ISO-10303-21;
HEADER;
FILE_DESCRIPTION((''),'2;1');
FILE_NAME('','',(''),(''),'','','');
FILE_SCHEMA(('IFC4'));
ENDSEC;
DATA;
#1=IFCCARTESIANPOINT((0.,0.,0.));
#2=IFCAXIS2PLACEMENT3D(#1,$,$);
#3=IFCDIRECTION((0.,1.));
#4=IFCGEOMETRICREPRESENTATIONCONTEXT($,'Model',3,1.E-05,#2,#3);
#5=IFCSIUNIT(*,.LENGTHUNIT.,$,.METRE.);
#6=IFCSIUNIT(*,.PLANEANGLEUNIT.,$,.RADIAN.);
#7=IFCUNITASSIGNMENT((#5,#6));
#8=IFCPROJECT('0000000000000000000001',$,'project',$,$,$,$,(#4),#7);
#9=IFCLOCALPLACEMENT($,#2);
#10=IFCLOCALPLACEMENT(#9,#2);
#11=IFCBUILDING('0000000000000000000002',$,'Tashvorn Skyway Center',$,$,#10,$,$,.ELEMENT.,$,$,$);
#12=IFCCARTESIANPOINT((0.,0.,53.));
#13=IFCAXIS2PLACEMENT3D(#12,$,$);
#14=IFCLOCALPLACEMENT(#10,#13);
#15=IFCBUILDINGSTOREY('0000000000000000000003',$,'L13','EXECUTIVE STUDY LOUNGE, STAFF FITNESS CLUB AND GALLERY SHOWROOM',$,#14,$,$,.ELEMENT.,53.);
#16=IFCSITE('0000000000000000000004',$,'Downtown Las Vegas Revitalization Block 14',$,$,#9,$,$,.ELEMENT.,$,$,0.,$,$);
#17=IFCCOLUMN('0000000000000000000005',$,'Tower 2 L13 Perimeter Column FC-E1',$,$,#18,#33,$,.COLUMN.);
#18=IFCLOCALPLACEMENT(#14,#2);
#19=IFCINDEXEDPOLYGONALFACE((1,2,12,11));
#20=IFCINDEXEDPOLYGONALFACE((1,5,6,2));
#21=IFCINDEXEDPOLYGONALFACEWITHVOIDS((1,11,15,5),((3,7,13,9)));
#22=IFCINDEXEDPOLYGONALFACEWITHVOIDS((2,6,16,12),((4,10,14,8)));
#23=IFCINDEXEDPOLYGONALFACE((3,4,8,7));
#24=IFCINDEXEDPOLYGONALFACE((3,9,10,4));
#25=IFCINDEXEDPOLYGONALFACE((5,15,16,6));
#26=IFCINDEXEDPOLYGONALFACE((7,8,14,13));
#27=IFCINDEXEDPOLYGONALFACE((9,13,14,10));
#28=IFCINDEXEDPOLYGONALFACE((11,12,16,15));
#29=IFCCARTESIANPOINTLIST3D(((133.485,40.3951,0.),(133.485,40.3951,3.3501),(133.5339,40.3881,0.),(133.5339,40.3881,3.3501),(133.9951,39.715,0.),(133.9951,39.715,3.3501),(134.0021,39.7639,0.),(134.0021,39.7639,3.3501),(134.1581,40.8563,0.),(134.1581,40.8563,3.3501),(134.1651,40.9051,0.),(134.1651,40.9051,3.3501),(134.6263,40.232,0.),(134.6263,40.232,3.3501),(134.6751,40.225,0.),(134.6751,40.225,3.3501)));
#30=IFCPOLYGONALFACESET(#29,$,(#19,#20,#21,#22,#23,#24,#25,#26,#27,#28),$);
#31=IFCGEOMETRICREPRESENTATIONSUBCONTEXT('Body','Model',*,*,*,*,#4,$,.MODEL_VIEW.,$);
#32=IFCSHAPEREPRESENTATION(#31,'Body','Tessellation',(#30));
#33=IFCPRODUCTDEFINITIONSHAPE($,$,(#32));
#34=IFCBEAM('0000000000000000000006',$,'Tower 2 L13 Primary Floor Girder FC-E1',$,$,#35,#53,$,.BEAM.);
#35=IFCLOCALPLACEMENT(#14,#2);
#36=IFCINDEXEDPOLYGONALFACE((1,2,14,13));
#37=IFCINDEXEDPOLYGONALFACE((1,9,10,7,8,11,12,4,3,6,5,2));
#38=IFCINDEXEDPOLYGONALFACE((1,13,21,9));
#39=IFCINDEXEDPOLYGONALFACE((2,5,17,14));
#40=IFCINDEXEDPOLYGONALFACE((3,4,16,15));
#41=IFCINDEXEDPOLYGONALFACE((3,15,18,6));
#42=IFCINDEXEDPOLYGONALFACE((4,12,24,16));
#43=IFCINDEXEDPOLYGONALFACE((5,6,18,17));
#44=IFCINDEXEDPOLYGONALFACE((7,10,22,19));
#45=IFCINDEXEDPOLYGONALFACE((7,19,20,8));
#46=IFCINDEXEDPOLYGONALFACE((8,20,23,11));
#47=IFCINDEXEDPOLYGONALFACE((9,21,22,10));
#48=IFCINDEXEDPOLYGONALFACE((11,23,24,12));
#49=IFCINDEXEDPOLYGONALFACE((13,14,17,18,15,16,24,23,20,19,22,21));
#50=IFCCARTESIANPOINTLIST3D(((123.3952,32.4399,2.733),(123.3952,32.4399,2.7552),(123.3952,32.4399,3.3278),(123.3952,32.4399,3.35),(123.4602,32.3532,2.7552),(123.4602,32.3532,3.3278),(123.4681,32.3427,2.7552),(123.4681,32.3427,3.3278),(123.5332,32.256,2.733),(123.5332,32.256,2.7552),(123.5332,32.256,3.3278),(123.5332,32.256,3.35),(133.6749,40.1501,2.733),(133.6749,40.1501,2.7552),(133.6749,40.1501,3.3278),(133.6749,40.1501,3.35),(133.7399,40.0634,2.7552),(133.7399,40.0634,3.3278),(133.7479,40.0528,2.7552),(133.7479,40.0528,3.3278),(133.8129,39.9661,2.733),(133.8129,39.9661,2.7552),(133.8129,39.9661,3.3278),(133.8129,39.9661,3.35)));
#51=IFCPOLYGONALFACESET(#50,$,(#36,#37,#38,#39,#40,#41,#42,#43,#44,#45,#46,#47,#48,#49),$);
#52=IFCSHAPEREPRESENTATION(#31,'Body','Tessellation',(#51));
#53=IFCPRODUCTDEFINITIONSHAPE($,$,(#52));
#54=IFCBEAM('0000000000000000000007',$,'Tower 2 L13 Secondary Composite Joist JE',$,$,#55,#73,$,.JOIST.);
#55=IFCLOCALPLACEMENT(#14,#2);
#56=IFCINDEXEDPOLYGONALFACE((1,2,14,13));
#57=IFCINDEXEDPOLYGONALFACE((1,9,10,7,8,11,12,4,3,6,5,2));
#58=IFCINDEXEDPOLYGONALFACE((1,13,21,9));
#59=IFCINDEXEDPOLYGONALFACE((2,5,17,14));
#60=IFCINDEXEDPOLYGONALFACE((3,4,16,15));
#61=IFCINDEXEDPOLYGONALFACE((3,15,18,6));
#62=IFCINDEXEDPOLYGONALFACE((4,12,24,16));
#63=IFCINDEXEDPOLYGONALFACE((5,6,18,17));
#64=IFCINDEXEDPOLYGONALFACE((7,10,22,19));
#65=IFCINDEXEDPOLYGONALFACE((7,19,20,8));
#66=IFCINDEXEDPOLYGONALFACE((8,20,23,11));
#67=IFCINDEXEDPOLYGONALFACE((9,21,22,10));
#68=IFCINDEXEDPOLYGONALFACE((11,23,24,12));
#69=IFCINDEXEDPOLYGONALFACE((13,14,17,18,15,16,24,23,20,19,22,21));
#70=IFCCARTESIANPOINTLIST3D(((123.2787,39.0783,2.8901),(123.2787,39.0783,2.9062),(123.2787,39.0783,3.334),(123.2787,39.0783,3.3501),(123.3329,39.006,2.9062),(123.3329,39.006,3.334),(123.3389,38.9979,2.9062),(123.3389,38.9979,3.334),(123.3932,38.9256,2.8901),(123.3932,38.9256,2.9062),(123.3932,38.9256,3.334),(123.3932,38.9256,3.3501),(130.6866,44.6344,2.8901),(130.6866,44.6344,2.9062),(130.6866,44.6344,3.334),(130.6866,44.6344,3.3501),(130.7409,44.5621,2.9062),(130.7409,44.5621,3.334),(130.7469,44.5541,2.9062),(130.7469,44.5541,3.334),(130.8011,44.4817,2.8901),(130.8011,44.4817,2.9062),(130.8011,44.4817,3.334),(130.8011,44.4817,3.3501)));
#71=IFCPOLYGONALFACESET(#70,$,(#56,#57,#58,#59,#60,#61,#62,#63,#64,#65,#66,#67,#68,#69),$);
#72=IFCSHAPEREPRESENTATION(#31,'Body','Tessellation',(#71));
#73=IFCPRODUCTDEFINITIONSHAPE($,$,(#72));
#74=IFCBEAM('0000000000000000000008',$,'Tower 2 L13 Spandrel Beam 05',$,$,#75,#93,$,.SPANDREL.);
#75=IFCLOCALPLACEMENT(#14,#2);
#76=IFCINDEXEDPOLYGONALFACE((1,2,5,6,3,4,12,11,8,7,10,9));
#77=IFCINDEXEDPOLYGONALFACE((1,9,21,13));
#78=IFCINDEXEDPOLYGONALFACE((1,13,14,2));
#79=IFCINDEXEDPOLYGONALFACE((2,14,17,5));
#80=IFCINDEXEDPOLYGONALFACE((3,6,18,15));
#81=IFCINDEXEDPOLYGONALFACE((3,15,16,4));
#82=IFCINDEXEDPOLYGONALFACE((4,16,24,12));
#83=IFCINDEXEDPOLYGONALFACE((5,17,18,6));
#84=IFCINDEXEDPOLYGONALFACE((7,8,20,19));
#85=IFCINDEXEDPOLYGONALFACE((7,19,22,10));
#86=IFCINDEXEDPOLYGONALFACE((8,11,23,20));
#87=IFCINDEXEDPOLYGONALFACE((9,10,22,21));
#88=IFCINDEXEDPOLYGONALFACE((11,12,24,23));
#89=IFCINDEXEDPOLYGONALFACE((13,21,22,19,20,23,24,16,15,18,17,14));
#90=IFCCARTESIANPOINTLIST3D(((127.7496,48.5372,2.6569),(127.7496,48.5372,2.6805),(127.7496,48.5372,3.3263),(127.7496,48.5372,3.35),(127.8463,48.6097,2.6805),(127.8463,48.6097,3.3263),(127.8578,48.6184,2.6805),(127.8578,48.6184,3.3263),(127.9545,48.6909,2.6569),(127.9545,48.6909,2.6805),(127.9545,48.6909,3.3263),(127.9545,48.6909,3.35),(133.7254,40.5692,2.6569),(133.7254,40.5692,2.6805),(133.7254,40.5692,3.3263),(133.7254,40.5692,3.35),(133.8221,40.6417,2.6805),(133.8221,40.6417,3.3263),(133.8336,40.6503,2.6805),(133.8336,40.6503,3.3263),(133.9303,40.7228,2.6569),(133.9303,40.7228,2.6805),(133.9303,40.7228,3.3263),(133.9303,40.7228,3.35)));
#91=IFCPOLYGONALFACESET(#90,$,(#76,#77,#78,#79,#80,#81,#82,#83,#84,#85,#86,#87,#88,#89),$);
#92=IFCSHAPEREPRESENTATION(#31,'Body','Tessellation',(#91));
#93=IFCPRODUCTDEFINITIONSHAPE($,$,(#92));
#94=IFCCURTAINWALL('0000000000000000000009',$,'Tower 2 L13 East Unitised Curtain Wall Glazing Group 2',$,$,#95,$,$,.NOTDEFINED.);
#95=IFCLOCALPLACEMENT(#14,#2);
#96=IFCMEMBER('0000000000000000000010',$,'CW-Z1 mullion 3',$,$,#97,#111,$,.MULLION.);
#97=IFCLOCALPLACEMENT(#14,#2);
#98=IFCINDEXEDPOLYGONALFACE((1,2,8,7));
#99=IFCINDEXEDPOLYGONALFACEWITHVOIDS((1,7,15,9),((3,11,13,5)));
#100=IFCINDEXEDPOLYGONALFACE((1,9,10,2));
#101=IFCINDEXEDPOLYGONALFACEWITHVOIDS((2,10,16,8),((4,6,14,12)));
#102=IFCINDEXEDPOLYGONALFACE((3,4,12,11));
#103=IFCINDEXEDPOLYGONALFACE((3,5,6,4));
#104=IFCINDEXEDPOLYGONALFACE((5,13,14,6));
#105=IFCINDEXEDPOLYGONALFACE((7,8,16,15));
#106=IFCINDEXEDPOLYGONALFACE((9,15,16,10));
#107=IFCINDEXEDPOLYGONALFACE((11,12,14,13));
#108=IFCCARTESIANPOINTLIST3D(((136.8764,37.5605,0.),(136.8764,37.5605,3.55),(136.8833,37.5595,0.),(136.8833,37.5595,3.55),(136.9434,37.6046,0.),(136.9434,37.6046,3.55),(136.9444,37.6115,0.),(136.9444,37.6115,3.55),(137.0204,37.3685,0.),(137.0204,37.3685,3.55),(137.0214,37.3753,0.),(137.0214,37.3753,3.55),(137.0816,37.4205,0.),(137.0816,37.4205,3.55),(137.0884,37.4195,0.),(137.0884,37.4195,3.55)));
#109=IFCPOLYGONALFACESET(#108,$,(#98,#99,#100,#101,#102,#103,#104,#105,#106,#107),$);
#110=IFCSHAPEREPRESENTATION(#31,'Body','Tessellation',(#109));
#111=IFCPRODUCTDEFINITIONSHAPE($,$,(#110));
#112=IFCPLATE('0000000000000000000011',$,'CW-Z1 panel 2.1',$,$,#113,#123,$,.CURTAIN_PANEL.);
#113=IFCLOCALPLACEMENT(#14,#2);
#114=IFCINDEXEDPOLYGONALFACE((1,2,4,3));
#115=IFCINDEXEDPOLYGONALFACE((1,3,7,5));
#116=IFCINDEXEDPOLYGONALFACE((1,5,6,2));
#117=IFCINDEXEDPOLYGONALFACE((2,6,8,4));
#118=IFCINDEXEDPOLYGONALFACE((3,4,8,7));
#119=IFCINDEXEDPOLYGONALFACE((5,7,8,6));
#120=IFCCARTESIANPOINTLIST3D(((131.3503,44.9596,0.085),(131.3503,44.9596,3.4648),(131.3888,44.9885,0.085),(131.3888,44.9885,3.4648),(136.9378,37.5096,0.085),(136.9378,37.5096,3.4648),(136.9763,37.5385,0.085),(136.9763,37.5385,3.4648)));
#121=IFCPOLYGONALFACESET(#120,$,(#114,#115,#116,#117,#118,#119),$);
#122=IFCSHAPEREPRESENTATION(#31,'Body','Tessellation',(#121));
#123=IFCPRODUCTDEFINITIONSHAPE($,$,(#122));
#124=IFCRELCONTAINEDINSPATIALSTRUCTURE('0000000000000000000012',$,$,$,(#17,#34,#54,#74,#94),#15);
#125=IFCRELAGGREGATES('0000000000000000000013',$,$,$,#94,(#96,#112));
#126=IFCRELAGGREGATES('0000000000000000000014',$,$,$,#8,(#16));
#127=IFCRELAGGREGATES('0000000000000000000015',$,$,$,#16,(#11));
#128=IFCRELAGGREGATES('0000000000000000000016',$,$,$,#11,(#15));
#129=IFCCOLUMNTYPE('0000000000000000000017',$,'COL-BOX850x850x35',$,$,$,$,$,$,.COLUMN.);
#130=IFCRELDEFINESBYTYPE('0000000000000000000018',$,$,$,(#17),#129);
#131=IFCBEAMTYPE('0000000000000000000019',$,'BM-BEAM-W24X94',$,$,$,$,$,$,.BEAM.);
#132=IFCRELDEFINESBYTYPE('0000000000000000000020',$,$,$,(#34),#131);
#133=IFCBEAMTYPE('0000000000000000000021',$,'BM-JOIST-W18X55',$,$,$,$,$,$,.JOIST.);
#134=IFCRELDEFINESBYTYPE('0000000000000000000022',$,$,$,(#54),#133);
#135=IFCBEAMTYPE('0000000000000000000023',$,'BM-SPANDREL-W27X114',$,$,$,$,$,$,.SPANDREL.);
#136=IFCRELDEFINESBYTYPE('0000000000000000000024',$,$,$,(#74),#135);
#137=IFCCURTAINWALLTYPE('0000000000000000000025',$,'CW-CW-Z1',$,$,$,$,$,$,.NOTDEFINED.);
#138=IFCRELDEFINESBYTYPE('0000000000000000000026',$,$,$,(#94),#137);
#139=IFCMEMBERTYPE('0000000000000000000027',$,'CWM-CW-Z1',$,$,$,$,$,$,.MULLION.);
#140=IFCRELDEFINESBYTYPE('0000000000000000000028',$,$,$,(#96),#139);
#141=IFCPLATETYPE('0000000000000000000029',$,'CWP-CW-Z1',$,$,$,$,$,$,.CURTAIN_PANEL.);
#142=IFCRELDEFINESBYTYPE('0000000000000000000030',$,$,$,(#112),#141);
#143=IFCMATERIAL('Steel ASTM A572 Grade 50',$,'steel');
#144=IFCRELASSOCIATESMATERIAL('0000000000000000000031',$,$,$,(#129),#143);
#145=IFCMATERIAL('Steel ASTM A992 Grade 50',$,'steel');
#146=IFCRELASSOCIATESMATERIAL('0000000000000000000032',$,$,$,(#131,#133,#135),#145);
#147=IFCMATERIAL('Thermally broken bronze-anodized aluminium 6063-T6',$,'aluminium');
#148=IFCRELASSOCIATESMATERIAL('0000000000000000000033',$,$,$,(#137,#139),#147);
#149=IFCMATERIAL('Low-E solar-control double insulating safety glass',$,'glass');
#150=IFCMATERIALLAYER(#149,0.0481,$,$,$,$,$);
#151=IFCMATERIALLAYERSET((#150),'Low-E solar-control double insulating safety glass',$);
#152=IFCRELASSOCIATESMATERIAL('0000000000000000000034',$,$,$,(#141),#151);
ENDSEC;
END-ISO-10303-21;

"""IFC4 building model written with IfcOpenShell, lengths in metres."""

from ifc_helpers import new_model, si_unit, direction, frame, origin, origin_2d, place, context, subcontext, project, spatial, rectangle, hollow_rectangle, i_section, extrude, material, layer, layer_set, material_profile, profile_set, type_object, element, aggregate, save


model = new_model("IFC4")

# Units and contexts
model_context = context("Model", 3, precision=1e-05, world=origin(), true_north=direction((0.0, 1.0)))
body_context = subcontext(model_context, "Body", "Model", "MODEL_VIEW")
ifc_project = project(units=[si_unit("LENGTHUNIT", "METRE"), si_unit("PLANEANGLEUNIT", "RADIAN")], contexts=[model_context])

# Site, building, storey
site_placement = place(None, origin())
site = spatial("IfcSite", under=ifc_project, at=site_placement, Name="Downtown Las Vegas Revitalization Block 14", CompositionType="ELEMENT", RefElevation=0.0)
building_placement = place(site_placement, origin())
building = spatial("IfcBuilding", under=site, at=building_placement, Name="Tashvorn Skyway Center", CompositionType="ELEMENT")
storey_placement = place(building_placement, frame((0.0, 0.0, 53.0)))
storey = spatial("IfcBuildingStorey", under=building, at=storey_placement, Name="L13", Description="EXECUTIVE STUDY LOUNGE, STAFF FITNESS CLUB AND GALLERY SHOWROOM", CompositionType="ELEMENT", Elevation=53.0)

# Column
ifc_material_1 = material(Name="Steel ASTM A572 Grade 50", Category="steel")
ifc_material_profile_1 = material_profile(ifc_material_1, hollow_rectangle(XDim=0.8501, YDim=0.8501, WallThickness=0.0349, at=origin_2d()), Name="BOX850x850x35")
ifc_profile_set_1 = profile_set([ifc_material_profile_1], Name="Steel ASTM A572 Grade 50")
column_type = type_object("IfcColumnType", Name="COL-BOX850x850x35", PredefinedType="COLUMN", material=ifc_profile_set_1)
column_placement = place(storey_placement, frame((134.0801, 40.3101, 0.0), z_axis=(0.0, 0.0, 1.0), x_axis=(0.8, 0.6, 0.0)))
element("IfcColumn", 1, at=column_placement, inside=storey, type_object=column_type, Name="Tower 2 L13 Perimeter Column FC-E1", PredefinedType="COLUMN", context=body_context, shape_type="SweptSolid", body=[
    extrude(hollow_rectangle(XDim=0.8501, YDim=0.8501, WallThickness=0.0349, at=origin_2d()), origin(), (0.0, 0.0, 1.0), 3.3501),
])

# Beams
ifc_material_2 = material(Name="Steel ASTM A992 Grade 50", Category="steel")
ifc_material_profile_2 = material_profile(ifc_material_2, i_section(OverallWidth=0.23, OverallDepth=0.6169, WebThickness=0.0132, FlangeThickness=0.0222, at=origin_2d()), Name="W24X94")
ifc_profile_set_2 = profile_set([ifc_material_profile_2], Name="Steel ASTM A992 Grade 50")
beam_type_1 = type_object("IfcBeamType", Name="BM-BEAM-W24X94", PredefinedType="BEAM", material=ifc_profile_set_2)
beam_1_placement = place(storey_placement, frame((133.7439, 40.0581, 3.0415), z_axis=(-0.799986, -0.600018, 0.0), x_axis=(0.600018, -0.799986, 0.0)))
element("IfcBeam", 2, at=beam_1_placement, inside=storey, type_object=beam_type_1, Name="Tower 2 L13 Primary Floor Girder FC-E1", PredefinedType="BEAM", context=body_context, shape_type="SweptSolid", body=[
    extrude(i_section(OverallWidth=0.23, OverallDepth=0.6169, WebThickness=0.0132, FlangeThickness=0.0222, at=origin_2d()), origin(), (0.0, 0.0, 1.0), 12.8499),
])
ifc_material_profile_3 = material_profile(ifc_material_2, i_section(OverallWidth=0.1909, OverallDepth=0.46, WebThickness=0.01, FlangeThickness=0.0161, at=origin_2d()), Name="W18X55")
ifc_profile_set_3 = profile_set([ifc_material_profile_3], Name="Steel ASTM A992 Grade 50")
beam_type_2 = type_object("IfcBeamType", Name="BM-JOIST-W18X55", PredefinedType="JOIST", material=ifc_profile_set_3)
beam_2_placement = place(storey_placement, frame((123.3359, 39.002, 3.1201), z_axis=(0.799991, 0.600013, 0.0), x_axis=(-0.600013, 0.799991, 0.0)))
element("IfcBeam", 3, at=beam_2_placement, inside=storey, type_object=beam_type_2, Name="Tower 2 L13 Secondary Composite Joist JE", PredefinedType="JOIST", context=body_context, shape_type="SweptSolid", body=[
    extrude(i_section(OverallWidth=0.1909, OverallDepth=0.46, WebThickness=0.01, FlangeThickness=0.0161, at=origin_2d()), origin(), (0.0, 0.0, 1.0), 9.26),
])
ifc_material_profile_4 = material_profile(ifc_material_2, i_section(OverallWidth=0.2561, OverallDepth=0.6931, WebThickness=0.0144, FlangeThickness=0.0237, at=origin_2d()), Name="W27X114")
ifc_profile_set_4 = profile_set([ifc_material_profile_4], Name="Steel ASTM A992 Grade 50")
beam_type_3 = type_object("IfcBeamType", Name="BM-SPANDREL-W27X114", PredefinedType="SPANDREL", material=ifc_profile_set_4)
beam_3_placement = place(storey_placement, frame((133.8279, 40.646, 3.0034), z_axis=(-0.599988, 0.800009, 0.0), x_axis=(-0.800009, -0.599988, 0.0)))
element("IfcBeam", 4, at=beam_3_placement, inside=storey, type_object=beam_type_3, Name="Tower 2 L13 Spandrel Beam 05", PredefinedType="SPANDREL", context=body_context, shape_type="SweptSolid", body=[
    extrude(i_section(OverallWidth=0.2561, OverallDepth=0.6931, WebThickness=0.0144, FlangeThickness=0.0237, at=origin_2d()), origin(), (0.0, 0.0, 1.0), 9.96),
])

# Curtain wall, member, plate
ifc_material_3 = material(Name="Thermally broken bronze-anodized aluminium 6063-T6", Category="aluminium")
curtain_wall_type = type_object("IfcCurtainWallType", Name="CW-CW-Z1", PredefinedType="NOTDEFINED", material=ifc_material_3)
curtain_wall_placement = place(storey_placement, origin())
curtain_wall = element("IfcCurtainWall", 5, at=curtain_wall_placement, inside=storey, type_object=curtain_wall_type, Name="Tower 2 L13 East Unitised Curtain Wall Glazing Group 2", PredefinedType="NOTDEFINED")
ifc_material_profile_5 = material_profile(ifc_material_3, hollow_rectangle(XDim=0.085, YDim=0.24, WallThickness=0.0049, at=origin_2d()), Name="ALU-MULL-85x240")
ifc_profile_set_5 = profile_set([ifc_material_profile_5], Name="Thermally broken bronze-anodized aluminium 6063-T6")
member_type = type_object("IfcMemberType", Name="CWM-CW-Z1", PredefinedType="MULLION", material=ifc_profile_set_5)
member_placement = place(storey_placement, frame((136.9824, 37.49, 0.0), z_axis=(0.0, 0.0, 1.0), x_axis=(0.8, 0.6, 0.0)))
member = element("IfcMember", 6, at=member_placement, type_object=member_type, Name="CW-Z1 mullion 3", PredefinedType="MULLION", context=body_context, shape_type="SweptSolid", body=[
    extrude(hollow_rectangle(XDim=0.085, YDim=0.24, WallThickness=0.0049, at=origin_2d()), origin(), (0.0, 0.0, 1.0), 3.55),
])
ifc_material_4 = material(Name="Low-E solar-control double insulating safety glass", Category="glass")
ifc_layer_1 = layer(ifc_material_4, 0.0481)
ifc_layer_set_1 = layer_set([ifc_layer_1], Name="Low-E solar-control double insulating safety glass")
plate_type = type_object("IfcPlateType", Name="CWP-CW-Z1", PredefinedType="CURTAIN_PANEL", material=ifc_layer_set_1)
plate_placement = place(storey_placement, frame((134.1633, 41.249, 0.085), z_axis=(0.0, 0.0, 1.0), x_axis=(0.6, -0.8, 0.0)))
plate = element("IfcPlate", 7, at=plate_placement, type_object=plate_type, Name="CW-Z1 panel 2.1", PredefinedType="CURTAIN_PANEL", context=body_context, shape_type="SweptSolid", body=[
    extrude(rectangle(XDim=9.3125, YDim=0.0481, at=origin_2d()), origin(), (0.0, 0.0, 1.0), 3.3799),
])
aggregate(curtain_wall, [member, plate])

save(model, "model.ifc")
